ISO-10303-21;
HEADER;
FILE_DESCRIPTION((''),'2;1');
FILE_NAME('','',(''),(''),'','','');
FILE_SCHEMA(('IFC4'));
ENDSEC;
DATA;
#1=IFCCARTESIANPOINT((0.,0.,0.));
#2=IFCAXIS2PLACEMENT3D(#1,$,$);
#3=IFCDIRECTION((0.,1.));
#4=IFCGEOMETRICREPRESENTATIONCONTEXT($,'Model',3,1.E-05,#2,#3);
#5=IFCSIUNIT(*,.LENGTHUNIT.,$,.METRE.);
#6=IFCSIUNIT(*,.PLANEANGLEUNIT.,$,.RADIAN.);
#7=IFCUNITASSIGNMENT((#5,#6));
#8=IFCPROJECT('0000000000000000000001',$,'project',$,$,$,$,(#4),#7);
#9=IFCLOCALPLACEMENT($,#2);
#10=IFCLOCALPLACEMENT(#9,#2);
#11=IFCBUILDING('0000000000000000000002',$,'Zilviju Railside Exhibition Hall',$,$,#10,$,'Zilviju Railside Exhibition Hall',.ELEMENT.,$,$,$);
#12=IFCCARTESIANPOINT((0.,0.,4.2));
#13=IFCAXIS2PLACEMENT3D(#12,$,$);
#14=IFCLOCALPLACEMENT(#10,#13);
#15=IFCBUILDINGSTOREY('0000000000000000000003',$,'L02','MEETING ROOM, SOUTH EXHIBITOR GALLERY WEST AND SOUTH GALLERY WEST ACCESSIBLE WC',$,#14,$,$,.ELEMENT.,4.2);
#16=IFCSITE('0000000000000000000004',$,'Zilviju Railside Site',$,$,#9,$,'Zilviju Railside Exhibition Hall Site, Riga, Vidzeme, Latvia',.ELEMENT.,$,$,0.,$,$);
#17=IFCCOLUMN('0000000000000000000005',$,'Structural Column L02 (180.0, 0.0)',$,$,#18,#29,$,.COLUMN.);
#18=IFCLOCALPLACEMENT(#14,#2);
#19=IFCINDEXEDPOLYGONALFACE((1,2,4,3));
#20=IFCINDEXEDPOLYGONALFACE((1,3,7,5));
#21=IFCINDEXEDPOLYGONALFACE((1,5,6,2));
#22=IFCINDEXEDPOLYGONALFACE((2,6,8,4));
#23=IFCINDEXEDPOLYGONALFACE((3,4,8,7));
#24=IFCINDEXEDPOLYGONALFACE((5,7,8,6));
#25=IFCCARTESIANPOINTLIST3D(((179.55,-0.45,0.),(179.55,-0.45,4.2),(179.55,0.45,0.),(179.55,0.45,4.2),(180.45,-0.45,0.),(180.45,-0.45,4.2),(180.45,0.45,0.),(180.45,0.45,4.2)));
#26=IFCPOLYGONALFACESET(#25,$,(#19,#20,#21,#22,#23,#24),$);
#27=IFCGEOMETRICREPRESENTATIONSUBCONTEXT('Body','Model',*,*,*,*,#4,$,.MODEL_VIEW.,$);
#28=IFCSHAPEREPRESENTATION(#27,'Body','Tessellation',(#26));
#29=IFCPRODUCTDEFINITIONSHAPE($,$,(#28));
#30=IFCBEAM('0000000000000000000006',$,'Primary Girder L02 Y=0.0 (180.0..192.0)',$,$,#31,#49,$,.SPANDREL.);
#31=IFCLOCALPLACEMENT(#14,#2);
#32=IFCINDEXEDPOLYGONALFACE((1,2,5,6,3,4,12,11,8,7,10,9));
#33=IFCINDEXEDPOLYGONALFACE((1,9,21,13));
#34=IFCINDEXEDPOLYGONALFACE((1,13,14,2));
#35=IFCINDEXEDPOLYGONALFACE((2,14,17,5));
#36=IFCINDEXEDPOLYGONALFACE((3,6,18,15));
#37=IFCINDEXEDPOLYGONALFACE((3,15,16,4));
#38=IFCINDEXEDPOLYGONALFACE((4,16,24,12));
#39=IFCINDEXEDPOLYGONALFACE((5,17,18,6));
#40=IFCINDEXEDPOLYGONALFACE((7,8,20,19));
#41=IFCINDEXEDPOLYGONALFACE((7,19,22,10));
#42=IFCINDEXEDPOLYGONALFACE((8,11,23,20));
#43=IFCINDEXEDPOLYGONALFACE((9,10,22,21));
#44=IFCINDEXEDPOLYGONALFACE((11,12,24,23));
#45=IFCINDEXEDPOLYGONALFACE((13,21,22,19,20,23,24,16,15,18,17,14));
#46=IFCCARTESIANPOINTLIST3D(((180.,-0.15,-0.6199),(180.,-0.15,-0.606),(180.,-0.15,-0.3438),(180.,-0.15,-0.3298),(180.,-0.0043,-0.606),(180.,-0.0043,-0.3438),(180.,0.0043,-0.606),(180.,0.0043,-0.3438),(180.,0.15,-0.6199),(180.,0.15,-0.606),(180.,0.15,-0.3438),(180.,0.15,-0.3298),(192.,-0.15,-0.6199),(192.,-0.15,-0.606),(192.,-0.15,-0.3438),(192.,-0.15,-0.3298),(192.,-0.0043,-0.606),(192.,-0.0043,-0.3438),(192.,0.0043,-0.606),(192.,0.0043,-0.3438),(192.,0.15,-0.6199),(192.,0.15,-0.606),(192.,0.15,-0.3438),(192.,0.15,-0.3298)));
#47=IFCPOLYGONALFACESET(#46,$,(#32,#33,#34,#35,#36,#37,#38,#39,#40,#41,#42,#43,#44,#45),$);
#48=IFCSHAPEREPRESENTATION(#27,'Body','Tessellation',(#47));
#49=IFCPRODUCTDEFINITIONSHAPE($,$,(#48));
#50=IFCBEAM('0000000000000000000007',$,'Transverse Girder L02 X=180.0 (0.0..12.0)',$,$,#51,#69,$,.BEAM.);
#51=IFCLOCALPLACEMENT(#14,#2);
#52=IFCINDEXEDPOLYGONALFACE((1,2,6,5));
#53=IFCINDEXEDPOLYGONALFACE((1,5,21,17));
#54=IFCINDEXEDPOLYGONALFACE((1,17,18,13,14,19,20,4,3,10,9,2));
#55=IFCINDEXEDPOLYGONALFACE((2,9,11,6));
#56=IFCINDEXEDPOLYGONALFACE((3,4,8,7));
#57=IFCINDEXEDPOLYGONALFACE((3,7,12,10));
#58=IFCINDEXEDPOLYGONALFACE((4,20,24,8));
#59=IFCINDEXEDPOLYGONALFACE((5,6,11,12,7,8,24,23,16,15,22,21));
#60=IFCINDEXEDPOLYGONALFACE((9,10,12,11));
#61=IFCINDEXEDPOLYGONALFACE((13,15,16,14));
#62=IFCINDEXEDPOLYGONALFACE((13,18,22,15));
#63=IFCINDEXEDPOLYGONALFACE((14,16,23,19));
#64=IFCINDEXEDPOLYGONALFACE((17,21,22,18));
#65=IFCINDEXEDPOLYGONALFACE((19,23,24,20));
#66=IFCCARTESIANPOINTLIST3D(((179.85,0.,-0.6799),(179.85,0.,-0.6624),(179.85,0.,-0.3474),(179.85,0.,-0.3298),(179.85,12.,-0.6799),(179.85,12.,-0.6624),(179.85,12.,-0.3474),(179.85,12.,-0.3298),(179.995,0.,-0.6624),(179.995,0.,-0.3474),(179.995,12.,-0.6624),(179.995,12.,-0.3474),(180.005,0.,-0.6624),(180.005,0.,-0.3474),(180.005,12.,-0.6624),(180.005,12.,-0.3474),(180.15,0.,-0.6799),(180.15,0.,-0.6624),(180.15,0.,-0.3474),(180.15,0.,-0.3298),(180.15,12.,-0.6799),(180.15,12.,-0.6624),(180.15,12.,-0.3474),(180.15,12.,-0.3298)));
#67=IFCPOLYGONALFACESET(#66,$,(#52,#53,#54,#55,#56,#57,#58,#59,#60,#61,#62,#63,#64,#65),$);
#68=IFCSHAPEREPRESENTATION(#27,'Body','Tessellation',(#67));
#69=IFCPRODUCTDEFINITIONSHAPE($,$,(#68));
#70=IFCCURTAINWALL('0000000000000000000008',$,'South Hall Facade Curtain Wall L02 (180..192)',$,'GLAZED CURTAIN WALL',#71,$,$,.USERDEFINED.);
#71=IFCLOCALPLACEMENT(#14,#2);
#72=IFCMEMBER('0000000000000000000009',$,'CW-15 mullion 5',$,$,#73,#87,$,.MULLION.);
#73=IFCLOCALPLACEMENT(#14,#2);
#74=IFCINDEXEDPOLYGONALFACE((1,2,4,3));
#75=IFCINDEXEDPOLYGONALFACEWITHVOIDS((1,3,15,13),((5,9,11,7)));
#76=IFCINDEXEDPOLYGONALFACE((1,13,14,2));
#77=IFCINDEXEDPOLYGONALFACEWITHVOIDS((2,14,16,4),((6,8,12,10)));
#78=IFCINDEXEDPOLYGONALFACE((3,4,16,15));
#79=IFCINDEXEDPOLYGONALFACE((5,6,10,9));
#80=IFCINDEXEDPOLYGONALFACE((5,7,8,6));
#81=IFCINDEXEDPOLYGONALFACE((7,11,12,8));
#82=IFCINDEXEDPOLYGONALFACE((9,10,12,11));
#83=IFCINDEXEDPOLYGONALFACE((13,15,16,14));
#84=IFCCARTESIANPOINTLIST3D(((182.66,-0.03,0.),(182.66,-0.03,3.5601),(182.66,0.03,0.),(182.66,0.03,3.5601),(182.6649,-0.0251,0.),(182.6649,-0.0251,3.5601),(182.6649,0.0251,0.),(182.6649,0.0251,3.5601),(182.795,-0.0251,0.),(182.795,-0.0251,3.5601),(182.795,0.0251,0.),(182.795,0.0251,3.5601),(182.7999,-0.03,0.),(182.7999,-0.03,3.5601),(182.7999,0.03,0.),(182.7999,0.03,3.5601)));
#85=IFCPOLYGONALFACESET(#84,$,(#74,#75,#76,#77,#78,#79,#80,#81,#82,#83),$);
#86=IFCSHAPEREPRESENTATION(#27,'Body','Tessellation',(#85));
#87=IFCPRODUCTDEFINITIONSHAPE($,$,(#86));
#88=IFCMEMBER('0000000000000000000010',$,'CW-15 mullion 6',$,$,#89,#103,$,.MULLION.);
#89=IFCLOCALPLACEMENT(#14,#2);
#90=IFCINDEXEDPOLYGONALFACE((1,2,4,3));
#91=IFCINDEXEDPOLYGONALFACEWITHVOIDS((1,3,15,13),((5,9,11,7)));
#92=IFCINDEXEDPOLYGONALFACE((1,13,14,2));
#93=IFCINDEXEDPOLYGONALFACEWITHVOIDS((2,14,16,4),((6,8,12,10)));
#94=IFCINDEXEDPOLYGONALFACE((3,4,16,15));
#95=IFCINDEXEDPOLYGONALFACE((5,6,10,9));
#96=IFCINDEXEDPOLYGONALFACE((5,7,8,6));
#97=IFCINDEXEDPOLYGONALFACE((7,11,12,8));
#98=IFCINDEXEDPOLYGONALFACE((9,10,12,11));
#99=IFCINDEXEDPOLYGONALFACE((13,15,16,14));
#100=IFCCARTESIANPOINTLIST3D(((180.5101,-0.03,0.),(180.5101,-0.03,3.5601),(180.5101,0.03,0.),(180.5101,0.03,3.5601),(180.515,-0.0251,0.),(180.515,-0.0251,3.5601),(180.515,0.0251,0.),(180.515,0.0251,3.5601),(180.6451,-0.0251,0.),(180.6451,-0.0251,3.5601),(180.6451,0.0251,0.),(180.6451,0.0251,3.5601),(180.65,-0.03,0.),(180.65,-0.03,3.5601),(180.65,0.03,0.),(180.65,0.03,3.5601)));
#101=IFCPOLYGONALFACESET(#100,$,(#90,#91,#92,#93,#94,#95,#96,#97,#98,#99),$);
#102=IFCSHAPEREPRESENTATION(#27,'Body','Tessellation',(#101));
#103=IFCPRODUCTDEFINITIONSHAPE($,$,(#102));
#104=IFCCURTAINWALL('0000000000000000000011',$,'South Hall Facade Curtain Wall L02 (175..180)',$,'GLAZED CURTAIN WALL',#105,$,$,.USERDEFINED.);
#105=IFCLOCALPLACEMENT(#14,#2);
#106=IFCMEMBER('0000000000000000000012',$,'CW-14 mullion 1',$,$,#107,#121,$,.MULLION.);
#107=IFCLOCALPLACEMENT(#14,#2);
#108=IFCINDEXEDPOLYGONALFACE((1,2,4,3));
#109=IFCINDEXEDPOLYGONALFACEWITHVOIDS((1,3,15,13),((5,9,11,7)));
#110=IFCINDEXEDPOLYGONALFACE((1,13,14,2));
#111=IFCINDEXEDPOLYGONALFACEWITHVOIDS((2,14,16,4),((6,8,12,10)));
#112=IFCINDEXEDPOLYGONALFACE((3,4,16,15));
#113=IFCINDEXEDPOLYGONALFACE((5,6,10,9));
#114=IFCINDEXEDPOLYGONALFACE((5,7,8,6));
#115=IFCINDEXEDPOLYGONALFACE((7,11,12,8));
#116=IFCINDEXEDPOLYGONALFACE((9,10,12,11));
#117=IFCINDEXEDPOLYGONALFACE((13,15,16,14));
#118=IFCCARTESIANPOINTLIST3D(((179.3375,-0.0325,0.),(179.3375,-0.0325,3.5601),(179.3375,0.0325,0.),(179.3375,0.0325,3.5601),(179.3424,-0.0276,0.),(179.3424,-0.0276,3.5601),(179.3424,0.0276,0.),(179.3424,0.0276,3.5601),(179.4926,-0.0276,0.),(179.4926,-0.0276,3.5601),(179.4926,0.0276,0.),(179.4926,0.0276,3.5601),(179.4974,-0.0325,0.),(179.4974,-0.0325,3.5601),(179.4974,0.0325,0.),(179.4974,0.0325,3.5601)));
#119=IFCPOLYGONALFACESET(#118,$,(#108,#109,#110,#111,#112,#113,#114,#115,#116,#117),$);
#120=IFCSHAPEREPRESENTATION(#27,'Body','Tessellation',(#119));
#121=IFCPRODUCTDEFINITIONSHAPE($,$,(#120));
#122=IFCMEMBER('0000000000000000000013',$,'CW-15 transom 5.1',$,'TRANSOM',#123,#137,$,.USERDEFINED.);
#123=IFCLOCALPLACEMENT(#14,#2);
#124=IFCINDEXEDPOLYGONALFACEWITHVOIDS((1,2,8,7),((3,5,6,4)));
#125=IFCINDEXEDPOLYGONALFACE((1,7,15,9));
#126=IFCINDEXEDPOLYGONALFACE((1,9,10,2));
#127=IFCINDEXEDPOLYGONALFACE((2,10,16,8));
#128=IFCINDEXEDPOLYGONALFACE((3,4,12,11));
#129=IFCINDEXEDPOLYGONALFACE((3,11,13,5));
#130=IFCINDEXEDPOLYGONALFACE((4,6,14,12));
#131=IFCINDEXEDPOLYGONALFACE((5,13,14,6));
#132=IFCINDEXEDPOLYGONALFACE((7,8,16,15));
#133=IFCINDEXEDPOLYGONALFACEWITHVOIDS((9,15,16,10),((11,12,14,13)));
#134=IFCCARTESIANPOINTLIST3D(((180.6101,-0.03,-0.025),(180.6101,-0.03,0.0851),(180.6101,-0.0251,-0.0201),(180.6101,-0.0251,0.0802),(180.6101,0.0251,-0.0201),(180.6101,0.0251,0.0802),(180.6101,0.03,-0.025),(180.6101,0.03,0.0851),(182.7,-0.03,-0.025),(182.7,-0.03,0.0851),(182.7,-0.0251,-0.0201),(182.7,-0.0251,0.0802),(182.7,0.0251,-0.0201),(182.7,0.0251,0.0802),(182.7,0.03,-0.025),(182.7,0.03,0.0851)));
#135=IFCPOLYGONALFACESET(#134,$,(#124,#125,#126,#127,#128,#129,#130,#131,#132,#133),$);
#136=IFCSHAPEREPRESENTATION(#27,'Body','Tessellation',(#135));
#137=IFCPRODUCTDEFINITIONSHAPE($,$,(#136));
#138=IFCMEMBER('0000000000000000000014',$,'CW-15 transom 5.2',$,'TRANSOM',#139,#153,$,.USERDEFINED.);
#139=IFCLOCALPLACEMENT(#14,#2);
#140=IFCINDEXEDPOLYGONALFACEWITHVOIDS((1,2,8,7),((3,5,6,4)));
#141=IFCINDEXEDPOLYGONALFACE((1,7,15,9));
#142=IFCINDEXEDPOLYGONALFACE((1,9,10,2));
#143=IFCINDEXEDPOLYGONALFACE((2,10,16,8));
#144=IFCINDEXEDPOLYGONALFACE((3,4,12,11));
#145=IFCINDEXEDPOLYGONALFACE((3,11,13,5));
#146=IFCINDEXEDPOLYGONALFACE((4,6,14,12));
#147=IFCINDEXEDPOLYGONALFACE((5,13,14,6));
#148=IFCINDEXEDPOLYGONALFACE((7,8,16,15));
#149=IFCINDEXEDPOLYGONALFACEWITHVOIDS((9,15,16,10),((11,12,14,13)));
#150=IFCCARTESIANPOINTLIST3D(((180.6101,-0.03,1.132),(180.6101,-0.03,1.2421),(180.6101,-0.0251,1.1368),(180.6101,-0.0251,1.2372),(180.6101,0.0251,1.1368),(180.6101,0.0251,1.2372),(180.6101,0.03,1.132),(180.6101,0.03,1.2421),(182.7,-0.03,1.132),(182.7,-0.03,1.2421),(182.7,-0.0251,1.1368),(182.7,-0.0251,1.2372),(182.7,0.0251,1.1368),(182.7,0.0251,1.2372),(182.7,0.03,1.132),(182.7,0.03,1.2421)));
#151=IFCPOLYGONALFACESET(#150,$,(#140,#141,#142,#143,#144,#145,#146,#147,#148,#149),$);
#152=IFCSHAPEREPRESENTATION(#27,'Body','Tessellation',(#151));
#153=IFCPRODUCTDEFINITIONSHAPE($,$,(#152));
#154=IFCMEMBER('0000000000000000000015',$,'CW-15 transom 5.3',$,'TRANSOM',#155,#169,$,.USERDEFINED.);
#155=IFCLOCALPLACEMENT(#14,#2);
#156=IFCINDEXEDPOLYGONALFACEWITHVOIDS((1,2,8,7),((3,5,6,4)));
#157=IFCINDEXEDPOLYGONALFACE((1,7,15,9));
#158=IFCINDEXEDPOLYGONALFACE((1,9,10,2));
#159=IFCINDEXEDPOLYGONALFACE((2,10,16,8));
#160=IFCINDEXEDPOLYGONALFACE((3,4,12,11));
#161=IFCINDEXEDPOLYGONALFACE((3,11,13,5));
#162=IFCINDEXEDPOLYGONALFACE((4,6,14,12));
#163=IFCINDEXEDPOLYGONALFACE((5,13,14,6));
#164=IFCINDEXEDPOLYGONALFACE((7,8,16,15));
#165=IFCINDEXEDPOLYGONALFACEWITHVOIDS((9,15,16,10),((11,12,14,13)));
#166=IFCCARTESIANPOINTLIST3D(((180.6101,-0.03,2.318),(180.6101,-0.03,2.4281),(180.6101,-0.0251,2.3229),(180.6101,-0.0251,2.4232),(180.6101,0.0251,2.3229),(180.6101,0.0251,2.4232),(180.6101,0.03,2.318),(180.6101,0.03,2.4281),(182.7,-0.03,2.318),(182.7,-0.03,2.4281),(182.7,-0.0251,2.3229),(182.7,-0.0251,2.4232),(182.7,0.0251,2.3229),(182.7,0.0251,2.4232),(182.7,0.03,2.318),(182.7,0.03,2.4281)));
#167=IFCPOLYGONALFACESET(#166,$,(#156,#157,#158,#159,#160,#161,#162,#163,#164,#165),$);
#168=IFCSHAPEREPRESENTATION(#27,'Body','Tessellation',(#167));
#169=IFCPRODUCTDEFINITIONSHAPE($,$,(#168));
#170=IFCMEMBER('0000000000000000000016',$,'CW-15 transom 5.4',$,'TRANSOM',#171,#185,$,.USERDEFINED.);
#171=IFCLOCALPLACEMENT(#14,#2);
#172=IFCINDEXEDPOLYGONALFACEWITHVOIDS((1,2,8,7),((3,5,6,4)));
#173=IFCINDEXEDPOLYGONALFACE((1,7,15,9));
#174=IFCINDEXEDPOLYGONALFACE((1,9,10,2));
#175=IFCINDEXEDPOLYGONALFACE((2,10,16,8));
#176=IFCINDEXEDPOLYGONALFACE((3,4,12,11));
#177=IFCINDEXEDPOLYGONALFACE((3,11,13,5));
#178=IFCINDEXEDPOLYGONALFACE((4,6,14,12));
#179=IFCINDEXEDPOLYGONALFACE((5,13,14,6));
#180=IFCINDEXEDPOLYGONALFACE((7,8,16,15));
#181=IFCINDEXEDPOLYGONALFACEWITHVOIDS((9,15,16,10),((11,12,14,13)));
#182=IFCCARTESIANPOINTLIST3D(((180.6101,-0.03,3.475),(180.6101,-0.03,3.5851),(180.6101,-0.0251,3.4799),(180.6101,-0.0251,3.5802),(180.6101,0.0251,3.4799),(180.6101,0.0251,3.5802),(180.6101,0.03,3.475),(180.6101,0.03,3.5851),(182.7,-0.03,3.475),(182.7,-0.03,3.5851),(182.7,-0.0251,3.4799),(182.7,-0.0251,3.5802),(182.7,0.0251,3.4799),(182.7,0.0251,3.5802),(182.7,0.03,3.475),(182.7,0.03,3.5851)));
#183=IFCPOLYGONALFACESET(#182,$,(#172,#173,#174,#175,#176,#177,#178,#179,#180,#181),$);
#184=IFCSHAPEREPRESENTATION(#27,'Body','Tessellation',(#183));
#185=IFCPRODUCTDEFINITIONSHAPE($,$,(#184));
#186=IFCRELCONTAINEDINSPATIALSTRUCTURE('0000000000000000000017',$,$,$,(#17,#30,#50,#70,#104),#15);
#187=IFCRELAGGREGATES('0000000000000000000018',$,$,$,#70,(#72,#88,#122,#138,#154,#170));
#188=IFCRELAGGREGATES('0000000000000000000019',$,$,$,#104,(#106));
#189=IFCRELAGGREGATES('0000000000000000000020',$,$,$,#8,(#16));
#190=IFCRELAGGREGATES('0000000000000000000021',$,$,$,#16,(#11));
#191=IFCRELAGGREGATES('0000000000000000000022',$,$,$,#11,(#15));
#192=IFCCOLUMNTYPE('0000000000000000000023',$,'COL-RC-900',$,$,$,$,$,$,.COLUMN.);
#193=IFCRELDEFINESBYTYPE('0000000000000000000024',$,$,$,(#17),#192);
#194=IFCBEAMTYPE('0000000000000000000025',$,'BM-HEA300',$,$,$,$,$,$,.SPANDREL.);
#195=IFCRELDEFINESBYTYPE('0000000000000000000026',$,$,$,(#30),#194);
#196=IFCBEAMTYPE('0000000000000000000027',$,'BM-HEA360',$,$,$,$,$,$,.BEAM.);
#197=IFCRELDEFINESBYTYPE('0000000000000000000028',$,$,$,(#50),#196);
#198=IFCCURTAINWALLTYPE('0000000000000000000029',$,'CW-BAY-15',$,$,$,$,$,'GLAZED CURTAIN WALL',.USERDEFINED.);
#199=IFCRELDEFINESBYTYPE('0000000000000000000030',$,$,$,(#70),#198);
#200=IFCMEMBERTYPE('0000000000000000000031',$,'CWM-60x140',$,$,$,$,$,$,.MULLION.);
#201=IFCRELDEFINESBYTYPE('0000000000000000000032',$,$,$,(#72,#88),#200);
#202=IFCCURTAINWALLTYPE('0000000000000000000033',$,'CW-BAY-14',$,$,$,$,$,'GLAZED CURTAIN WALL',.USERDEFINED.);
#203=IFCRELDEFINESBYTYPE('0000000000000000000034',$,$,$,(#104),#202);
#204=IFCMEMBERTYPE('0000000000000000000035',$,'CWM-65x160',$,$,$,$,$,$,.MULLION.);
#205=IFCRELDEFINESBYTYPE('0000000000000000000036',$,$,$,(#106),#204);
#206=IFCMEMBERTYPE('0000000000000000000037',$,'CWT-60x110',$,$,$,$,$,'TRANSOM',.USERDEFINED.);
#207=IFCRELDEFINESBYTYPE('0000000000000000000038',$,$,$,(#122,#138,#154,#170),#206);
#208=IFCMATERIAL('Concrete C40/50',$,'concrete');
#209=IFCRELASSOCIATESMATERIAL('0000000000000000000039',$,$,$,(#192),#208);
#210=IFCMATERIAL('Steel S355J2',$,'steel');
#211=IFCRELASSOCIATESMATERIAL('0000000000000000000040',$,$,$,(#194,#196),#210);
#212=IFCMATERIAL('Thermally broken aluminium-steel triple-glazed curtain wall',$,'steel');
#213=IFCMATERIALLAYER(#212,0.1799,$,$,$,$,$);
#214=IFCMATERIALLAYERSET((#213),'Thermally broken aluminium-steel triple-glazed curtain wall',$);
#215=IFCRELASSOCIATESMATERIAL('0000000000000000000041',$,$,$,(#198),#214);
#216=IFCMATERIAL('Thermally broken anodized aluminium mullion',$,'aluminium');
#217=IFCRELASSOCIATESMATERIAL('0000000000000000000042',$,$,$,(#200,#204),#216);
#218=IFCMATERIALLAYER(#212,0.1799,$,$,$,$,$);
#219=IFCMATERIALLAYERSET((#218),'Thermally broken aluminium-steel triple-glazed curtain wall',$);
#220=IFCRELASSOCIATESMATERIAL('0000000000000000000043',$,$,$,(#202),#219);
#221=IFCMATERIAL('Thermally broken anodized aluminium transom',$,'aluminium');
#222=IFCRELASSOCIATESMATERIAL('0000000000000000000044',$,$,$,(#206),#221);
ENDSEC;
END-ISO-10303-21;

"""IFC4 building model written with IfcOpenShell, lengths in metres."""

from ifc_helpers import new_model, si_unit, direction, frame, origin, origin_2d, place, context, subcontext, project, spatial, rectangle, hollow_rectangle, i_section, extrude, material, layer, layer_set, material_profile, profile_set, type_object, element, aggregate, save


model = new_model("IFC4")

# Units and contexts
model_context = context("Model", 3, precision=1e-05, world=origin(), true_north=direction((0.0, 1.0)))
body_context = subcontext(model_context, "Body", "Model", "MODEL_VIEW")
ifc_project = project(units=[si_unit("LENGTHUNIT", "METRE"), si_unit("PLANEANGLEUNIT", "RADIAN")], contexts=[model_context])

# Site, building, storey
site_placement = place(None, origin())
site = spatial("IfcSite", under=ifc_project, at=site_placement, Name="Zilviju Railside Site", LongName="Zilviju Railside Exhibition Hall Site, Riga, Vidzeme, Latvia", CompositionType="ELEMENT", RefElevation=0.0)
building_placement = place(site_placement, origin())
building = spatial("IfcBuilding", under=site, at=building_placement, Name="Zilviju Railside Exhibition Hall", LongName="Zilviju Railside Exhibition Hall", CompositionType="ELEMENT")
storey_placement = place(building_placement, frame((0.0, 0.0, 4.2)))
storey = spatial("IfcBuildingStorey", under=building, at=storey_placement, Name="L02", Description="MEETING ROOM, SOUTH EXHIBITOR GALLERY WEST AND SOUTH GALLERY WEST ACCESSIBLE WC", CompositionType="ELEMENT", Elevation=4.2)

# Column
ifc_material_1 = material(Name="Concrete C40/50", Category="concrete")
ifc_material_profile_1 = material_profile(ifc_material_1, rectangle(XDim=0.8999, YDim=0.8999, at=origin_2d()), Name="RC COL 900x900")
ifc_profile_set_1 = profile_set([ifc_material_profile_1], Name="Concrete C40/50")
column_type = type_object("IfcColumnType", Name="COL-RC-900", PredefinedType="COLUMN", material=ifc_profile_set_1)
column_placement = place(storey_placement, frame((180.0, 0.0, 0.0), z_axis=(0.0, 0.0, 1.0), x_axis=(1.0, 0.0, 0.0)))
element("IfcColumn", 1, at=column_placement, inside=storey, type_object=column_type, Name="Structural Column L02 (180.0, 0.0)", PredefinedType="COLUMN", context=body_context, shape_type="SweptSolid", body=[
    extrude(rectangle(XDim=0.8999, YDim=0.8999, at=origin_2d()), origin(), (0.0, 0.0, 1.0), 4.2),
])

# Beams
ifc_material_2 = material(Name="Steel S355J2", Category="steel")
ifc_material_profile_2 = material_profile(ifc_material_2, i_section(OverallWidth=0.3, OverallDepth=0.29, WebThickness=0.0085, FlangeThickness=0.0139, at=origin_2d()), Name="HEA 300")
ifc_profile_set_2 = profile_set([ifc_material_profile_2], Name="Steel S355J2")
beam_type_1 = type_object("IfcBeamType", Name="BM-HEA300", PredefinedType="SPANDREL", material=ifc_profile_set_2)
beam_1_placement = place(storey_placement, frame((180.0, 0.0, -0.4749), z_axis=(1.0, 0.0, 0.0), x_axis=(0.0, 1.0, 0.0)))
element("IfcBeam", 2, at=beam_1_placement, inside=storey, type_object=beam_type_1, Name="Primary Girder L02 Y=0.0 (180.0..192.0)", PredefinedType="SPANDREL", context=body_context, shape_type="SweptSolid", body=[
    extrude(i_section(OverallWidth=0.3, OverallDepth=0.29, WebThickness=0.0085, FlangeThickness=0.0139, at=origin_2d()), origin(), (0.0, 0.0, 1.0), 12.0),
])
ifc_material_profile_3 = material_profile(ifc_material_2, i_section(OverallWidth=0.3, OverallDepth=0.3501, WebThickness=0.01, FlangeThickness=0.0176, at=origin_2d()), Name="HEA 360")
ifc_profile_set_3 = profile_set([ifc_material_profile_3], Name="Steel S355J2")
beam_type_2 = type_object("IfcBeamType", Name="BM-HEA360", PredefinedType="BEAM", material=ifc_profile_set_3)
beam_2_placement = place(storey_placement, frame((180.0, 0.0, -0.5049), z_axis=(0.0, 1.0, 0.0), x_axis=(-1.0, 0.0, 0.0)))
element("IfcBeam", 3, at=beam_2_placement, inside=storey, type_object=beam_type_2, Name="Transverse Girder L02 X=180.0 (0.0..12.0)", PredefinedType="BEAM", context=body_context, shape_type="SweptSolid", body=[
    extrude(i_section(OverallWidth=0.3, OverallDepth=0.3501, WebThickness=0.01, FlangeThickness=0.0176, at=origin_2d()), origin(), (0.0, 0.0, 1.0), 12.0),
])

# Curtain wall, members
ifc_material_3 = material(Name="Thermally broken aluminium-steel triple-glazed curtain wall", Category="steel")
ifc_layer_1 = layer(ifc_material_3, 0.1799)
ifc_layer_set_1 = layer_set([ifc_layer_1], Name="Thermally broken aluminium-steel triple-glazed curtain wall")
curtain_wall_type_1 = type_object("IfcCurtainWallType", Name="CW-BAY-15", ElementType="GLAZED CURTAIN WALL", PredefinedType="USERDEFINED", material=ifc_layer_set_1)
curtain_wall_1_placement = place(storey_placement, origin())
curtain_wall_1 = element("IfcCurtainWall", 4, at=curtain_wall_1_placement, inside=storey, type_object=curtain_wall_type_1, Name="South Hall Facade Curtain Wall L02 (180..192)", ObjectType="GLAZED CURTAIN WALL", PredefinedType="USERDEFINED")
ifc_material_4 = material(Name="Thermally broken anodized aluminium mullion", Category="aluminium")
ifc_material_profile_4 = material_profile(ifc_material_4, hollow_rectangle(XDim=0.0601, YDim=0.1399, WallThickness=0.0049, at=origin_2d()), Name="MULLION 140x60x5")
ifc_profile_set_4 = profile_set([ifc_material_profile_4], Name="Thermally broken anodized aluminium mullion")
member_type_1 = type_object("IfcMemberType", Name="CWM-60x140", PredefinedType="MULLION", material=ifc_profile_set_4)
member_1_placement = place(storey_placement, frame((182.73, 0.0, 0.0), z_axis=(0.0, 0.0, 1.0), x_axis=(0.0, -1.0, 0.0)))
member_1 = element("IfcMember", 5, at=member_1_placement, type_object=member_type_1, Name="CW-15 mullion 5", PredefinedType="MULLION", context=body_context, shape_type="SweptSolid", body=[
    extrude(hollow_rectangle(XDim=0.0601, YDim=0.1399, WallThickness=0.0049, at=origin_2d()), origin(), (0.0, 0.0, 1.0), 3.5601),
])
member_2_placement = place(storey_placement, frame((180.5801, 0.0, 0.0), z_axis=(0.0, 0.0, 1.0), x_axis=(0.0, -1.0, 0.0)))
member_2 = element("IfcMember", 6, at=member_2_placement, type_object=member_type_1, Name="CW-15 mullion 6", PredefinedType="MULLION", context=body_context, shape_type="SweptSolid", body=[
    extrude(hollow_rectangle(XDim=0.0601, YDim=0.1399, WallThickness=0.0049, at=origin_2d()), origin(), (0.0, 0.0, 1.0), 3.5601),
])

# Curtain wall, member
ifc_layer_2 = layer(ifc_material_3, 0.1799)
ifc_layer_set_2 = layer_set([ifc_layer_2], Name="Thermally broken aluminium-steel triple-glazed curtain wall")
curtain_wall_type_2 = type_object("IfcCurtainWallType", Name="CW-BAY-14", ElementType="GLAZED CURTAIN WALL", PredefinedType="USERDEFINED", material=ifc_layer_set_2)
curtain_wall_2_placement = place(storey_placement, origin())
curtain_wall_2 = element("IfcCurtainWall", 7, at=curtain_wall_2_placement, inside=storey, type_object=curtain_wall_type_2, Name="South Hall Facade Curtain Wall L02 (175..180)", ObjectType="GLAZED CURTAIN WALL", PredefinedType="USERDEFINED")
ifc_material_profile_5 = material_profile(ifc_material_4, hollow_rectangle(XDim=0.0649, YDim=0.1599, WallThickness=0.0049, at=origin_2d()), Name="MULLION 160x65x5")
ifc_profile_set_5 = profile_set([ifc_material_profile_5], Name="Thermally broken anodized aluminium mullion")
member_type_2 = type_object("IfcMemberType", Name="CWM-65x160", PredefinedType="MULLION", material=ifc_profile_set_5)
member_3_placement = place(storey_placement, frame((179.4175, 0.0, 0.0), z_axis=(0.0, 0.0, 1.0), x_axis=(0.0, -1.0, 0.0)))
member_3 = element("IfcMember", 8, at=member_3_placement, type_object=member_type_2, Name="CW-14 mullion 1", PredefinedType="MULLION", context=body_context, shape_type="SweptSolid", body=[
    extrude(hollow_rectangle(XDim=0.0649, YDim=0.1599, WallThickness=0.0049, at=origin_2d()), origin(), (0.0, 0.0, 1.0), 3.5601),
])

# Members
ifc_material_5 = material(Name="Thermally broken anodized aluminium transom", Category="aluminium")
ifc_material_profile_6 = material_profile(ifc_material_5, hollow_rectangle(XDim=0.0601, YDim=0.1101, WallThickness=0.0049, at=origin_2d()), Name="TRANSOM 110x60x5")
ifc_profile_set_6 = profile_set([ifc_material_profile_6], Name="Thermally broken anodized aluminium transom")
member_type_3 = type_object("IfcMemberType", Name="CWT-60x110", ElementType="TRANSOM", PredefinedType="USERDEFINED", material=ifc_profile_set_6)
member_4_placement = place(storey_placement, frame((182.7, 0.0, 0.03), z_axis=(-1.0, 0.0, 0.0), x_axis=(0.0, -1.0, 0.0)))
member_4 = element("IfcMember", 9, at=member_4_placement, type_object=member_type_3, Name="CW-15 transom 5.1", ObjectType="TRANSOM", PredefinedType="USERDEFINED", context=body_context, shape_type="SweptSolid", body=[
    extrude(hollow_rectangle(XDim=0.0601, YDim=0.1101, WallThickness=0.0049, at=origin_2d()), origin(), (0.0, 0.0, 1.0), 2.0898),
])
member_5_placement = place(storey_placement, frame((182.7, 0.0, 1.187), z_axis=(-1.0, 0.0, 0.0), x_axis=(0.0, -1.0, 0.0)))
member_5 = element("IfcMember", 10, at=member_5_placement, type_object=member_type_3, Name="CW-15 transom 5.2", ObjectType="TRANSOM", PredefinedType="USERDEFINED", context=body_context, shape_type="SweptSolid", body=[
    extrude(hollow_rectangle(XDim=0.0601, YDim=0.1101, WallThickness=0.0049, at=origin_2d()), origin(), (0.0, 0.0, 1.0), 2.0898),
])
member_6_placement = place(storey_placement, frame((182.7, 0.0, 2.373), z_axis=(-1.0, 0.0, 0.0), x_axis=(0.0, -1.0, 0.0)))
member_6 = element("IfcMember", 11, at=member_6_placement, type_object=member_type_3, Name="CW-15 transom 5.3", ObjectType="TRANSOM", PredefinedType="USERDEFINED", context=body_context, shape_type="SweptSolid", body=[
    extrude(hollow_rectangle(XDim=0.0601, YDim=0.1101, WallThickness=0.0049, at=origin_2d()), origin(), (0.0, 0.0, 1.0), 2.0898),
])
member_7_placement = place(storey_placement, frame((182.7, 0.0, 3.53), z_axis=(-1.0, 0.0, 0.0), x_axis=(0.0, -1.0, 0.0)))
member_7 = element("IfcMember", 12, at=member_7_placement, type_object=member_type_3, Name="CW-15 transom 5.4", ObjectType="TRANSOM", PredefinedType="USERDEFINED", context=body_context, shape_type="SweptSolid", body=[
    extrude(hollow_rectangle(XDim=0.0601, YDim=0.1101, WallThickness=0.0049, at=origin_2d()), origin(), (0.0, 0.0, 1.0), 2.0898),
])

aggregate(curtain_wall_1, [member_1, member_2, member_4, member_5, member_6, member_7])
aggregate(curtain_wall_2, [member_3])

save(model, "model.ifc")
